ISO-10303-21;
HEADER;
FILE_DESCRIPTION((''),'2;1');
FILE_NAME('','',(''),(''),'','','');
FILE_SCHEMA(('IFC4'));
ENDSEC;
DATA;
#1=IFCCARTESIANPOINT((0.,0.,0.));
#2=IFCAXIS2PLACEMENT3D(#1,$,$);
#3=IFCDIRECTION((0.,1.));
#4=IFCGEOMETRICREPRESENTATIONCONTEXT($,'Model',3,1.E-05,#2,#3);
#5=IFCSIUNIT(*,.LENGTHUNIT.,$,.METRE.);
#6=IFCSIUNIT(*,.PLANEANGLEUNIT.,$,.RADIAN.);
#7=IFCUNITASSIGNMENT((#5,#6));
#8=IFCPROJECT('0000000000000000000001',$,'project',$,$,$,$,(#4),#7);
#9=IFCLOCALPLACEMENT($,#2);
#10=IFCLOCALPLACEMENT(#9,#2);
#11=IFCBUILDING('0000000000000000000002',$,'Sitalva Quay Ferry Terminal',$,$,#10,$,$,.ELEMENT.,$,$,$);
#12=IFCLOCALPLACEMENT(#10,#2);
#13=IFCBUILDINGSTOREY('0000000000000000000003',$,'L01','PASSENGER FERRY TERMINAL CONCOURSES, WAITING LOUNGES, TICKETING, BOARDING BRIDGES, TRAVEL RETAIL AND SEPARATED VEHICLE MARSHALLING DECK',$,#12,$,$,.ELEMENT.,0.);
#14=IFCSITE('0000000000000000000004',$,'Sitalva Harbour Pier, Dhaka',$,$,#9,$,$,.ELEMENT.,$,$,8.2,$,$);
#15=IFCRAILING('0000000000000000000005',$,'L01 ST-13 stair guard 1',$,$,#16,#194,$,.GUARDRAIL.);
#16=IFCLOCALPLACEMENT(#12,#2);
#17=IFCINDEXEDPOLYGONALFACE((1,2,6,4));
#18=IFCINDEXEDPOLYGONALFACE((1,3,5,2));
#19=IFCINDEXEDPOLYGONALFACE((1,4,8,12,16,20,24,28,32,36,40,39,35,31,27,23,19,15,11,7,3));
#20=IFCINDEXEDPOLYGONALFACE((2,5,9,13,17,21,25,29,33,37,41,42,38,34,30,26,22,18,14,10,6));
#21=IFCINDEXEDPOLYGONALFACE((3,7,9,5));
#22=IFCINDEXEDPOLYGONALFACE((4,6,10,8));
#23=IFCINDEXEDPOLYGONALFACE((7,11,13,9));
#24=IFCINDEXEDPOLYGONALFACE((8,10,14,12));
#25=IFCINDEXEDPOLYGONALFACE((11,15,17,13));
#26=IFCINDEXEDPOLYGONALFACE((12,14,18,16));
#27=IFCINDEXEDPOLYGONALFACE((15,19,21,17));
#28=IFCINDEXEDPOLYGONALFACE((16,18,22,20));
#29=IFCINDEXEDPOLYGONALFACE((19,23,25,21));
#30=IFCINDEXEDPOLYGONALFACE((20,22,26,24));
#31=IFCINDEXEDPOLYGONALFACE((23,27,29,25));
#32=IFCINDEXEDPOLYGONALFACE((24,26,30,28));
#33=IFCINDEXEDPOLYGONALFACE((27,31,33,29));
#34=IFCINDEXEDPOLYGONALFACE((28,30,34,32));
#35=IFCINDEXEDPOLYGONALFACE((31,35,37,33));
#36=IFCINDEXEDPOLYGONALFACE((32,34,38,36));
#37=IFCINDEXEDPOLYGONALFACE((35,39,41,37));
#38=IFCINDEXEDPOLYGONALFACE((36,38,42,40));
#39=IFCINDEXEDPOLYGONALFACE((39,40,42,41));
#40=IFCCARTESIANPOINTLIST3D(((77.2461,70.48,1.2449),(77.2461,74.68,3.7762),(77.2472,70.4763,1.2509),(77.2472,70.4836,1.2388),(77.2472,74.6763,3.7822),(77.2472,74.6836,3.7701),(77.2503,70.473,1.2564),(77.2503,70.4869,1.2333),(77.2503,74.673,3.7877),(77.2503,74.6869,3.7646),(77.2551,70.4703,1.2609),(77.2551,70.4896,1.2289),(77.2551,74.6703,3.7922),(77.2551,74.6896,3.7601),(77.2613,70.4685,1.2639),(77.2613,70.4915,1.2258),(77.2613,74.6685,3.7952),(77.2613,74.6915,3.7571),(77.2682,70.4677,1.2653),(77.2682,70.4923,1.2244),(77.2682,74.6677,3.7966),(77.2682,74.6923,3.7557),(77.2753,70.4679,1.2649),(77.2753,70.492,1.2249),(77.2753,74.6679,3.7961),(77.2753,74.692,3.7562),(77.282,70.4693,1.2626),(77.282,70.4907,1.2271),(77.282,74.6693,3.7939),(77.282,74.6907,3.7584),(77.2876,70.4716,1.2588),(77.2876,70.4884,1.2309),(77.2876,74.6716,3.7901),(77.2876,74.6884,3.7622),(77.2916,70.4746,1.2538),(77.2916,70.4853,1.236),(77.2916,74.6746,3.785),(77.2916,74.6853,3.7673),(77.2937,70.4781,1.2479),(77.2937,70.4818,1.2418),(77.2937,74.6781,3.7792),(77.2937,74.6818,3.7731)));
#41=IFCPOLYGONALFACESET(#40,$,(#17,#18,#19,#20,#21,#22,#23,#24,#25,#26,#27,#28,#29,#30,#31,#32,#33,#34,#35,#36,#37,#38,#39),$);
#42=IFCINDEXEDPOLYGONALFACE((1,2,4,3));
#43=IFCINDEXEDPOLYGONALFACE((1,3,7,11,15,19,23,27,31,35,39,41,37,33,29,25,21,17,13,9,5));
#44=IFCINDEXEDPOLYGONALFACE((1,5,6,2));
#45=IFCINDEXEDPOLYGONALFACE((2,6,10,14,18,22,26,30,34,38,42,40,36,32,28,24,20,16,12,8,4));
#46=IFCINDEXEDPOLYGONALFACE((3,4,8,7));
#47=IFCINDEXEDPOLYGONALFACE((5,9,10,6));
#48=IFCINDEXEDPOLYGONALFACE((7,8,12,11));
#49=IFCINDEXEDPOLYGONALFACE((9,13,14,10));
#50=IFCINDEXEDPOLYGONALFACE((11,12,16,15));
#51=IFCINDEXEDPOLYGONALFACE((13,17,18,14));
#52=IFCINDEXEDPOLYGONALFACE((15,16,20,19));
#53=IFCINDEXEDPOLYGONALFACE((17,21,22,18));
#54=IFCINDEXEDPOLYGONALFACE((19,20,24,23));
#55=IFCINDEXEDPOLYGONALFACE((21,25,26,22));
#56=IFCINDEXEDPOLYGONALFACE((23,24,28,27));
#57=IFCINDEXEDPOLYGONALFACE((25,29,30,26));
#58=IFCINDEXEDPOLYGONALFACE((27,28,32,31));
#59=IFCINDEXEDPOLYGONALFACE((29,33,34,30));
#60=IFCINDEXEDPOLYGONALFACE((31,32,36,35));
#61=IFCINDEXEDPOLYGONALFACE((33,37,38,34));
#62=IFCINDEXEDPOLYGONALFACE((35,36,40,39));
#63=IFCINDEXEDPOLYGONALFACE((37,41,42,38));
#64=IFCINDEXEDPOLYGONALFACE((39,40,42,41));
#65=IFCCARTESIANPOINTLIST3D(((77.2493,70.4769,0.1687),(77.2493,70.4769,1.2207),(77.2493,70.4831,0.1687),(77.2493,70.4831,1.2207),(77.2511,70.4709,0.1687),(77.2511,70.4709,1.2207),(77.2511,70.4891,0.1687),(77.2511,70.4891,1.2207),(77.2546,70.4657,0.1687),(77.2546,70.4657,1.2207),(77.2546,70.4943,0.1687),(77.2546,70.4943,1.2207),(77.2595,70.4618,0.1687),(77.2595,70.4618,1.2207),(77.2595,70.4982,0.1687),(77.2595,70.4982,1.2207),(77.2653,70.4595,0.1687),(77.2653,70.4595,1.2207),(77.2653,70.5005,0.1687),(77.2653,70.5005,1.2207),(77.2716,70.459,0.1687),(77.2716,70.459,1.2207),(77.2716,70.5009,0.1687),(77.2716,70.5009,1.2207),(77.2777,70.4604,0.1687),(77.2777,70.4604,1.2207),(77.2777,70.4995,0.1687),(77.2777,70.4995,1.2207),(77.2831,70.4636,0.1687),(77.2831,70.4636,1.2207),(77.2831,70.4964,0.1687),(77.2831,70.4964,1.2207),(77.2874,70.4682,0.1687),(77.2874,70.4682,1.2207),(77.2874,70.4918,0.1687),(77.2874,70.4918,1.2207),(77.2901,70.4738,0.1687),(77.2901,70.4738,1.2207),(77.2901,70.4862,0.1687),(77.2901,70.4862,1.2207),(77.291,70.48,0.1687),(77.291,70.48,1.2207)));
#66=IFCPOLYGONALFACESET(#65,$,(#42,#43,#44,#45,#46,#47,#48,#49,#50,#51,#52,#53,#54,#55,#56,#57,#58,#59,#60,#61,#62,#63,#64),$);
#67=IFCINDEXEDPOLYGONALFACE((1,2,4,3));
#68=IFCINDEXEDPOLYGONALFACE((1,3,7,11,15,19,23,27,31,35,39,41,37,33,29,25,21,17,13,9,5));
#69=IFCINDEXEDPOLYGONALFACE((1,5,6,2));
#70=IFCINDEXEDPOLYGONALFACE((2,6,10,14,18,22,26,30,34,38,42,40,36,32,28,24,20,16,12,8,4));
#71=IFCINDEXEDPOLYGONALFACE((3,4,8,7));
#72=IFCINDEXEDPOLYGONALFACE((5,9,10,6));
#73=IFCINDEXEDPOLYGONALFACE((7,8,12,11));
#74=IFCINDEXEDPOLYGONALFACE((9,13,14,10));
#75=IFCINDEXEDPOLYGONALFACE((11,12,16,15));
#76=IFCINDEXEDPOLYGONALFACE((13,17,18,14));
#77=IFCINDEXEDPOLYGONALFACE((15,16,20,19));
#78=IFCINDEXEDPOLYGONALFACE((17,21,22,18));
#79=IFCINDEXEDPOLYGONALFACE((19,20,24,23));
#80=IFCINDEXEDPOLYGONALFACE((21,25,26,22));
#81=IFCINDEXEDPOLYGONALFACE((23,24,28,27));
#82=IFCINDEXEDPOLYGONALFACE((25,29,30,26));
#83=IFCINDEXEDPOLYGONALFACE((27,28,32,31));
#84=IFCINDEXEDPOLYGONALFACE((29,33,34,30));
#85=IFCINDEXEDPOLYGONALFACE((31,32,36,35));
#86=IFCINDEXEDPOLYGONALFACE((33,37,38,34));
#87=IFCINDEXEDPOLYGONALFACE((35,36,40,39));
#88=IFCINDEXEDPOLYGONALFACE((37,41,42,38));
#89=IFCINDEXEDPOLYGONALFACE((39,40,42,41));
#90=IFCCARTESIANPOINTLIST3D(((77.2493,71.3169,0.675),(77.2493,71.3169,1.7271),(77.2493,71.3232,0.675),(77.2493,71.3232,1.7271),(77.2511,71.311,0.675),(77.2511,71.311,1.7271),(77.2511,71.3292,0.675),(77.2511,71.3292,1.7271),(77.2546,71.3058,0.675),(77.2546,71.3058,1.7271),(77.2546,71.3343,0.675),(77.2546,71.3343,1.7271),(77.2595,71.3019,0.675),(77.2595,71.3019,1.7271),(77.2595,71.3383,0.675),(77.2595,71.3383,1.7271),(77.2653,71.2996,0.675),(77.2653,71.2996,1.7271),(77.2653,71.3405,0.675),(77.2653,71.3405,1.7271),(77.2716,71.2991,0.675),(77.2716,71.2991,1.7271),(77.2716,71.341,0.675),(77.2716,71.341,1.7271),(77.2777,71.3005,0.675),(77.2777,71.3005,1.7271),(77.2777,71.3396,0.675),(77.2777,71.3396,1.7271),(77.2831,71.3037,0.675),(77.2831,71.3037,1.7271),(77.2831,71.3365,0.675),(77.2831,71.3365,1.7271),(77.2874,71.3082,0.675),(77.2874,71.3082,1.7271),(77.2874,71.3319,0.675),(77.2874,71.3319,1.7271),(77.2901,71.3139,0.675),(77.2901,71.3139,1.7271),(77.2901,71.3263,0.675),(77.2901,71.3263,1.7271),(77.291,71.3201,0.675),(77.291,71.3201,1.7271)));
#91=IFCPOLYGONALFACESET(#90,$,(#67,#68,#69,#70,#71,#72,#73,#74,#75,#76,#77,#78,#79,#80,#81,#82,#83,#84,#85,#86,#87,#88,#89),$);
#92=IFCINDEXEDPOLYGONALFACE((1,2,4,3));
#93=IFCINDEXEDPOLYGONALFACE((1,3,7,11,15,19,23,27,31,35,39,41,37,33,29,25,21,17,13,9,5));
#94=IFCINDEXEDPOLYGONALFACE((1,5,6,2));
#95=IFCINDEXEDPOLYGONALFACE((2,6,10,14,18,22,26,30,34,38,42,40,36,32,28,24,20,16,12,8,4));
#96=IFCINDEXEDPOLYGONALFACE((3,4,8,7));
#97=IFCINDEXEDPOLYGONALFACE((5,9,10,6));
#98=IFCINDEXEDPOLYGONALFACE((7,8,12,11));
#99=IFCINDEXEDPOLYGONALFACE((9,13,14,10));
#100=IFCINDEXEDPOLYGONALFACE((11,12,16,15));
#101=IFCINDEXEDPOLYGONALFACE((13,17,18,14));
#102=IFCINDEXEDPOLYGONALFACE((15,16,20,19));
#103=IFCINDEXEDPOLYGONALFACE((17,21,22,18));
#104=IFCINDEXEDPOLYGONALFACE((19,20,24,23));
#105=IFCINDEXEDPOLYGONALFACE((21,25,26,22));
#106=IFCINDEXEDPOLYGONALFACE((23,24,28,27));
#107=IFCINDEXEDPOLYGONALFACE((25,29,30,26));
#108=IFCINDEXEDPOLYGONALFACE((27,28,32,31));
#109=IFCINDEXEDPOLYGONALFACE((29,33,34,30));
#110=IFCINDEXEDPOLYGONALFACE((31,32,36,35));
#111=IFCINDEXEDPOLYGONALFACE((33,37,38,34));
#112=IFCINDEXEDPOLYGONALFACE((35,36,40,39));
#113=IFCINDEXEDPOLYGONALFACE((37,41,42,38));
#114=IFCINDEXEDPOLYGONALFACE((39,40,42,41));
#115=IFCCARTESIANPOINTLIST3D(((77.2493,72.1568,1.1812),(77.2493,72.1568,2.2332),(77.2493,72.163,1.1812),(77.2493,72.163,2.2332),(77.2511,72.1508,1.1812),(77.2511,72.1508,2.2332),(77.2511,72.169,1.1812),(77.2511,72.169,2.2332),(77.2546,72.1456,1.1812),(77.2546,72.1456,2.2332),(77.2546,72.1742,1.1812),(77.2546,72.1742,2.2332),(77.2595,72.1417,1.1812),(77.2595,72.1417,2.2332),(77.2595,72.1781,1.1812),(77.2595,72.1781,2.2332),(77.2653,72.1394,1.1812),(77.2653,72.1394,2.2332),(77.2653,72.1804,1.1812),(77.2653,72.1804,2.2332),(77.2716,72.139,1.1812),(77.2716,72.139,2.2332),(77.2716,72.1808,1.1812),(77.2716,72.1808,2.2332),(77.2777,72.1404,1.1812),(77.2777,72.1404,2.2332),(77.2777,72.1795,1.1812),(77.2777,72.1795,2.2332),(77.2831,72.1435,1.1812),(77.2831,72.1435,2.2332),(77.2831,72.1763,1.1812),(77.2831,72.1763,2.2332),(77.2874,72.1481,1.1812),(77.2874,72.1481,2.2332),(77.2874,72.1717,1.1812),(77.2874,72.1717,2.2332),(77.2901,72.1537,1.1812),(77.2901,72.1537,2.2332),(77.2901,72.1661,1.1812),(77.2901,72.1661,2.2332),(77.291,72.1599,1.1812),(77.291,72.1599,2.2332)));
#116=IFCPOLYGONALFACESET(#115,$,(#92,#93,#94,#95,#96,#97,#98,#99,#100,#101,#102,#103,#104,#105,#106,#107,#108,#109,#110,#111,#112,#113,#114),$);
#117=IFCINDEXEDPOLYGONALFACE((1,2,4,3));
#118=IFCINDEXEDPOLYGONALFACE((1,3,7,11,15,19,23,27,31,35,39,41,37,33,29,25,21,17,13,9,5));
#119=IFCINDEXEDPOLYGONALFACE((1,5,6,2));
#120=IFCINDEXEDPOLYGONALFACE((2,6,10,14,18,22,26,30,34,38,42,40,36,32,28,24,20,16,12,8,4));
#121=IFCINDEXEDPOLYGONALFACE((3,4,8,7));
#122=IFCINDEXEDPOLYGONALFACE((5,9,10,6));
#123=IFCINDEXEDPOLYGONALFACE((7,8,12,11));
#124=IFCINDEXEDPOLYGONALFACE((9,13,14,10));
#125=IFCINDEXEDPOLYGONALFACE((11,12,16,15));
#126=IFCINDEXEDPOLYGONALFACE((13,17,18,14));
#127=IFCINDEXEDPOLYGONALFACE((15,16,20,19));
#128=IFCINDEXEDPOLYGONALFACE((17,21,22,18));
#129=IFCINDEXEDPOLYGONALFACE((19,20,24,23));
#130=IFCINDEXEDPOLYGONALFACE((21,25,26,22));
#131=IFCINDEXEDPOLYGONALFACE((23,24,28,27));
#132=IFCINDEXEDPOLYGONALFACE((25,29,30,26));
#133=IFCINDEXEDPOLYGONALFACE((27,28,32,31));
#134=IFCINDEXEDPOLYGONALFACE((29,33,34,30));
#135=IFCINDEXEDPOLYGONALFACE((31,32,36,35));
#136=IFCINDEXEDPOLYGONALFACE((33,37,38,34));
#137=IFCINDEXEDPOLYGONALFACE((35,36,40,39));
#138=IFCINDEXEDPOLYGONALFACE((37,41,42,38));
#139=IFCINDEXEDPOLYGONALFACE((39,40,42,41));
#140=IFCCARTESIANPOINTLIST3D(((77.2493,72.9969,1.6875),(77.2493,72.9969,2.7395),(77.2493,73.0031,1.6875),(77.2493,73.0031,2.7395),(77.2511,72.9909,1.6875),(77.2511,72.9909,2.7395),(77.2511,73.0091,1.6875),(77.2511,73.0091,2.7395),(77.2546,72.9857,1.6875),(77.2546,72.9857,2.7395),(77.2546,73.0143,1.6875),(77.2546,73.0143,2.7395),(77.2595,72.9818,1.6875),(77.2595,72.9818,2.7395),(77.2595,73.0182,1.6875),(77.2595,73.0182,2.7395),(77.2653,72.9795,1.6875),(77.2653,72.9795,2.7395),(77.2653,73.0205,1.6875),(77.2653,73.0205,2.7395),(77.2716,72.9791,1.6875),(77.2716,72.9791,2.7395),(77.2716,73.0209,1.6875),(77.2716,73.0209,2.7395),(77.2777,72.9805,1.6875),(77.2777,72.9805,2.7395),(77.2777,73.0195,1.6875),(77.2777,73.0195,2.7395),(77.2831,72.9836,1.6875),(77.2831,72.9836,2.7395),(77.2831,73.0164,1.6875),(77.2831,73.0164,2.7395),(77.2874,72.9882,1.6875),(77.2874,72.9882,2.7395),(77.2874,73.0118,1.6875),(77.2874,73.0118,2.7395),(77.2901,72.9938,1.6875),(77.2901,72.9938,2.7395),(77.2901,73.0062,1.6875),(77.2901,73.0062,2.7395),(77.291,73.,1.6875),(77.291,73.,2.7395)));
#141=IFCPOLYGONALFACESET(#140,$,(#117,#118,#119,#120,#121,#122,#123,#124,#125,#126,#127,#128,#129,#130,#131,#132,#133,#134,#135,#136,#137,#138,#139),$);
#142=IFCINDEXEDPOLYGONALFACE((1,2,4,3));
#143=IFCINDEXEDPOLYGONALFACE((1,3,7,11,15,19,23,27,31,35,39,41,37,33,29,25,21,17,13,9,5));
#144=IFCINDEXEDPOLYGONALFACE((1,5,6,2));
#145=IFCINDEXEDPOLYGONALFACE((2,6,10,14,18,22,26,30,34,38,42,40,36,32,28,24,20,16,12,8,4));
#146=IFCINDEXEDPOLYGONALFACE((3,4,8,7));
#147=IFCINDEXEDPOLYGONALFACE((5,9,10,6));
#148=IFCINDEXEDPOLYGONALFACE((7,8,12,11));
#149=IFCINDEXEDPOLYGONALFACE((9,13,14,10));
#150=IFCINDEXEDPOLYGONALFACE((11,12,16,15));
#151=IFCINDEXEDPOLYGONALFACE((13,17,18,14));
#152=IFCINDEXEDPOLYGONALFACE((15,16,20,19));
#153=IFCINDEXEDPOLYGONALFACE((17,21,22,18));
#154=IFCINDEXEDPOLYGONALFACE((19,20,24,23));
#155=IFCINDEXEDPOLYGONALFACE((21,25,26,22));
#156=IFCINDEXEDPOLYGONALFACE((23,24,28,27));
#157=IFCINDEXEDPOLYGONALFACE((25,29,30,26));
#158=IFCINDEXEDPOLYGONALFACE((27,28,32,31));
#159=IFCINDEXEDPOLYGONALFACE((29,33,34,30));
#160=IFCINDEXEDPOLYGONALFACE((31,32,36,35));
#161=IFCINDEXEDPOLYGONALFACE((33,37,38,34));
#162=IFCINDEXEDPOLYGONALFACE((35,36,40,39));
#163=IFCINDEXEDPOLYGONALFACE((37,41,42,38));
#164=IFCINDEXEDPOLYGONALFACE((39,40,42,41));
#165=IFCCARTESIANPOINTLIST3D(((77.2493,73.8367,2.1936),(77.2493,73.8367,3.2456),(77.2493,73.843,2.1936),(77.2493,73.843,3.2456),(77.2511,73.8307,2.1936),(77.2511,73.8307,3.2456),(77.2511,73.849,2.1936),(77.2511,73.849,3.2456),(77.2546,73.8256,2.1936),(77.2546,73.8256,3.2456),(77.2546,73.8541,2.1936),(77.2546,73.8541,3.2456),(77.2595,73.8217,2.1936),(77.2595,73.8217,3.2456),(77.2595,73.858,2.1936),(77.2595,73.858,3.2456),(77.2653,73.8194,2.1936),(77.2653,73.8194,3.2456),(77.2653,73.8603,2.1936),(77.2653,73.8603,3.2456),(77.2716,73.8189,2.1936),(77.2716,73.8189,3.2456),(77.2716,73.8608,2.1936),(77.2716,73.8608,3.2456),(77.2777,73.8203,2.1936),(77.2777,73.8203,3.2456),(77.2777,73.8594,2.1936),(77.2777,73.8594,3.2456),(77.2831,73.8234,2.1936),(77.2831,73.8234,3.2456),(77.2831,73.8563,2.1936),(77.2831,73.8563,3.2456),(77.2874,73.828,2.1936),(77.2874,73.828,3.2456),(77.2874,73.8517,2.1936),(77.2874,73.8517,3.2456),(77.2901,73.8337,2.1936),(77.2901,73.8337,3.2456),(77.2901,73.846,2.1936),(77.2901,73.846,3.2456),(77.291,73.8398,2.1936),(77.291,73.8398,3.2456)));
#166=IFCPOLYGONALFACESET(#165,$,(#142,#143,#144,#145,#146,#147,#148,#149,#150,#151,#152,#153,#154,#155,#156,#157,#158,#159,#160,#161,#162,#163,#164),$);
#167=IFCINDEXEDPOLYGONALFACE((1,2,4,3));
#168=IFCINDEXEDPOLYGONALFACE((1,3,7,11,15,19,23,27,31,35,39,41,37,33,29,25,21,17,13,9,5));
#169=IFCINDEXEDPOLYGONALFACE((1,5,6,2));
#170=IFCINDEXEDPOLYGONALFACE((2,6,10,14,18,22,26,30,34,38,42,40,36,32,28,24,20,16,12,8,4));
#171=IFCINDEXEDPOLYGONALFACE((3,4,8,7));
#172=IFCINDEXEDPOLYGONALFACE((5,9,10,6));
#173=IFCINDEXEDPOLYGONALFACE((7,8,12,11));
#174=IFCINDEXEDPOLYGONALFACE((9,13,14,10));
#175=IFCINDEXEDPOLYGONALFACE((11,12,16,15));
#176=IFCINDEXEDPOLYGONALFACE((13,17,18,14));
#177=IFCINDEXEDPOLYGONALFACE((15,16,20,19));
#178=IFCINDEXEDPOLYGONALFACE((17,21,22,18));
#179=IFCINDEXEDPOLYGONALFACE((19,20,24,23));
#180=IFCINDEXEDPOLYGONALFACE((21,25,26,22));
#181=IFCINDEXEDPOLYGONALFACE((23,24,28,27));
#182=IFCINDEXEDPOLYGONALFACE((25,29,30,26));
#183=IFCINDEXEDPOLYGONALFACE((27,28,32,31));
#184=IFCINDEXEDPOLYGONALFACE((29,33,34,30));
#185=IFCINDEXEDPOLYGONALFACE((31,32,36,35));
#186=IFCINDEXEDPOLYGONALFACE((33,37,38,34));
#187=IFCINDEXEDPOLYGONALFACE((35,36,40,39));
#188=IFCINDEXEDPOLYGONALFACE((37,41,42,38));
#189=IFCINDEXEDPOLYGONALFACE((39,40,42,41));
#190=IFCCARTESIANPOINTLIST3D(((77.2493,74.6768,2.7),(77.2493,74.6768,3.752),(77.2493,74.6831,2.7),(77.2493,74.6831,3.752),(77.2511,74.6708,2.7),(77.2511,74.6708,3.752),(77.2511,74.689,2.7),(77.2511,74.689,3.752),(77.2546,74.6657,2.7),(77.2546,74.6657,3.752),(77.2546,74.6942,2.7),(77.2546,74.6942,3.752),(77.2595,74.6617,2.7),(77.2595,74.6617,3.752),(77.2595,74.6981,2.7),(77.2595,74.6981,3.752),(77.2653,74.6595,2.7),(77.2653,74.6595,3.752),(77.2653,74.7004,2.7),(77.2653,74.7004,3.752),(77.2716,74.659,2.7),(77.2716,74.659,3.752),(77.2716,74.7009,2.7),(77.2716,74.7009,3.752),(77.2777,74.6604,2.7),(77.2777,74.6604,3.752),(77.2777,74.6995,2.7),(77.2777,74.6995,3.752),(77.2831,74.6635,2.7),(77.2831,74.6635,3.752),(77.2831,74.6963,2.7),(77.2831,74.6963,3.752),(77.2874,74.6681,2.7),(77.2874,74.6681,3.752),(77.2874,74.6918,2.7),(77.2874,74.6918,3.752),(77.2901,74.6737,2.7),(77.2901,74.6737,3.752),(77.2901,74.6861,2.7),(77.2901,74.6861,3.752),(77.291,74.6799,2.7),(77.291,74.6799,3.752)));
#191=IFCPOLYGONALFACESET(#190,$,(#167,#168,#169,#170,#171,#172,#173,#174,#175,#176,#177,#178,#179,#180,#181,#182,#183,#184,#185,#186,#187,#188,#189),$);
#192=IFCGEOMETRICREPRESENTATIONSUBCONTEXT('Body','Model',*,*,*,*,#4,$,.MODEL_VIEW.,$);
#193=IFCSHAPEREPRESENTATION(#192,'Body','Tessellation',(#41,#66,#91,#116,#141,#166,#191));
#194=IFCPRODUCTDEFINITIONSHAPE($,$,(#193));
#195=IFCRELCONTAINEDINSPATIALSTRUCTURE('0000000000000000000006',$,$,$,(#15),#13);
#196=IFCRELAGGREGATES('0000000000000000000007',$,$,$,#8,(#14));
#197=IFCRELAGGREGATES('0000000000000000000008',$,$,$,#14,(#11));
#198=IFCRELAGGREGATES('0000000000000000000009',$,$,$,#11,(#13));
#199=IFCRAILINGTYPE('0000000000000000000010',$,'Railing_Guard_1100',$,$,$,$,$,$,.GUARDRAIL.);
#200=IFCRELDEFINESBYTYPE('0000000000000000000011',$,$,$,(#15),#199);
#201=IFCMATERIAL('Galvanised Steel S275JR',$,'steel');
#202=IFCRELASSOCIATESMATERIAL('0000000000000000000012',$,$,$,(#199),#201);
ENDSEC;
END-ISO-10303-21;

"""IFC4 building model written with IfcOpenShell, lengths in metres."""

from ifc_helpers import new_model, si_unit, direction, frame, origin, origin_2d, place, context, subcontext, project, spatial, circle, extrude, material, type_object, element, save


model = new_model("IFC4")

# Units and contexts
model_context = context("Model", 3, precision=1e-05, world=origin(), true_north=direction((0.0, 1.0)))
body_context = subcontext(model_context, "Body", "Model", "MODEL_VIEW")
ifc_project = project(units=[si_unit("LENGTHUNIT", "METRE"), si_unit("PLANEANGLEUNIT", "RADIAN")], contexts=[model_context])

# Site, building, storey
site_placement = place(None, origin())
site = spatial("IfcSite", under=ifc_project, at=site_placement, Name="Sitalva Harbour Pier, Dhaka", CompositionType="ELEMENT", RefElevation=8.2)
building_placement = place(site_placement, origin())
building = spatial("IfcBuilding", under=site, at=building_placement, Name="Sitalva Quay Ferry Terminal", CompositionType="ELEMENT")
storey_placement = place(building_placement, origin())
storey = spatial("IfcBuildingStorey", under=building, at=storey_placement, Name="L01", Description="PASSENGER FERRY TERMINAL CONCOURSES, WAITING LOUNGES, TICKETING, BOARDING BRIDGES, TRAVEL RETAIL AND SEPARATED VEHICLE MARSHALLING DECK", CompositionType="ELEMENT", Elevation=0.0)

# Railing
ifc_material_1 = material(Name="Galvanised Steel S275JR", Category="steel")
railing_type_1 = type_object("IfcRailingType", Name="Railing_Guard_1100", PredefinedType="GUARDRAIL", material=ifc_material_1)
railing_1_placement = place(storey_placement, frame((77.27, 70.48, 0.1687)))
element("IfcRailing", 1, at=railing_1_placement, inside=storey, type_object=railing_type_1, Name="L01 ST-13 stair guard 1", PredefinedType="GUARDRAIL", context=body_context, shape_type="SweptSolid", body=[
    extrude(circle(Radius=0.0239, at=origin_2d()), frame((0.0, 0.0, 1.0762), z_axis=(0.0, 0.856476, 0.516186), x_axis=(-1.0, 0.0, 0.0)), (0.0, 0.0, 1.0), 4.9038),
    extrude(circle(Radius=0.021, at=origin_2d()), origin(), (0.0, 0.0, 1.0), 1.052),
    extrude(circle(Radius=0.021, at=origin_2d()), frame((0.0, 0.8401, 0.5063)), (0.0, 0.0, 1.0), 1.052),
    extrude(circle(Radius=0.021, at=origin_2d()), frame((0.0, 1.6799, 1.0125)), (0.0, 0.0, 1.0), 1.052),
    extrude(circle(Radius=0.021, at=origin_2d()), frame((0.0, 2.52, 1.5188)), (0.0, 0.0, 1.0), 1.052),
    extrude(circle(Radius=0.021, at=origin_2d()), frame((0.0, 3.3599, 2.0249)), (0.0, 0.0, 1.0), 1.052),
    extrude(circle(Radius=0.021, at=origin_2d()), frame((0.0, 4.2, 2.5312)), (0.0, 0.0, 1.0), 1.052),
])

save(model, "model.ifc")
